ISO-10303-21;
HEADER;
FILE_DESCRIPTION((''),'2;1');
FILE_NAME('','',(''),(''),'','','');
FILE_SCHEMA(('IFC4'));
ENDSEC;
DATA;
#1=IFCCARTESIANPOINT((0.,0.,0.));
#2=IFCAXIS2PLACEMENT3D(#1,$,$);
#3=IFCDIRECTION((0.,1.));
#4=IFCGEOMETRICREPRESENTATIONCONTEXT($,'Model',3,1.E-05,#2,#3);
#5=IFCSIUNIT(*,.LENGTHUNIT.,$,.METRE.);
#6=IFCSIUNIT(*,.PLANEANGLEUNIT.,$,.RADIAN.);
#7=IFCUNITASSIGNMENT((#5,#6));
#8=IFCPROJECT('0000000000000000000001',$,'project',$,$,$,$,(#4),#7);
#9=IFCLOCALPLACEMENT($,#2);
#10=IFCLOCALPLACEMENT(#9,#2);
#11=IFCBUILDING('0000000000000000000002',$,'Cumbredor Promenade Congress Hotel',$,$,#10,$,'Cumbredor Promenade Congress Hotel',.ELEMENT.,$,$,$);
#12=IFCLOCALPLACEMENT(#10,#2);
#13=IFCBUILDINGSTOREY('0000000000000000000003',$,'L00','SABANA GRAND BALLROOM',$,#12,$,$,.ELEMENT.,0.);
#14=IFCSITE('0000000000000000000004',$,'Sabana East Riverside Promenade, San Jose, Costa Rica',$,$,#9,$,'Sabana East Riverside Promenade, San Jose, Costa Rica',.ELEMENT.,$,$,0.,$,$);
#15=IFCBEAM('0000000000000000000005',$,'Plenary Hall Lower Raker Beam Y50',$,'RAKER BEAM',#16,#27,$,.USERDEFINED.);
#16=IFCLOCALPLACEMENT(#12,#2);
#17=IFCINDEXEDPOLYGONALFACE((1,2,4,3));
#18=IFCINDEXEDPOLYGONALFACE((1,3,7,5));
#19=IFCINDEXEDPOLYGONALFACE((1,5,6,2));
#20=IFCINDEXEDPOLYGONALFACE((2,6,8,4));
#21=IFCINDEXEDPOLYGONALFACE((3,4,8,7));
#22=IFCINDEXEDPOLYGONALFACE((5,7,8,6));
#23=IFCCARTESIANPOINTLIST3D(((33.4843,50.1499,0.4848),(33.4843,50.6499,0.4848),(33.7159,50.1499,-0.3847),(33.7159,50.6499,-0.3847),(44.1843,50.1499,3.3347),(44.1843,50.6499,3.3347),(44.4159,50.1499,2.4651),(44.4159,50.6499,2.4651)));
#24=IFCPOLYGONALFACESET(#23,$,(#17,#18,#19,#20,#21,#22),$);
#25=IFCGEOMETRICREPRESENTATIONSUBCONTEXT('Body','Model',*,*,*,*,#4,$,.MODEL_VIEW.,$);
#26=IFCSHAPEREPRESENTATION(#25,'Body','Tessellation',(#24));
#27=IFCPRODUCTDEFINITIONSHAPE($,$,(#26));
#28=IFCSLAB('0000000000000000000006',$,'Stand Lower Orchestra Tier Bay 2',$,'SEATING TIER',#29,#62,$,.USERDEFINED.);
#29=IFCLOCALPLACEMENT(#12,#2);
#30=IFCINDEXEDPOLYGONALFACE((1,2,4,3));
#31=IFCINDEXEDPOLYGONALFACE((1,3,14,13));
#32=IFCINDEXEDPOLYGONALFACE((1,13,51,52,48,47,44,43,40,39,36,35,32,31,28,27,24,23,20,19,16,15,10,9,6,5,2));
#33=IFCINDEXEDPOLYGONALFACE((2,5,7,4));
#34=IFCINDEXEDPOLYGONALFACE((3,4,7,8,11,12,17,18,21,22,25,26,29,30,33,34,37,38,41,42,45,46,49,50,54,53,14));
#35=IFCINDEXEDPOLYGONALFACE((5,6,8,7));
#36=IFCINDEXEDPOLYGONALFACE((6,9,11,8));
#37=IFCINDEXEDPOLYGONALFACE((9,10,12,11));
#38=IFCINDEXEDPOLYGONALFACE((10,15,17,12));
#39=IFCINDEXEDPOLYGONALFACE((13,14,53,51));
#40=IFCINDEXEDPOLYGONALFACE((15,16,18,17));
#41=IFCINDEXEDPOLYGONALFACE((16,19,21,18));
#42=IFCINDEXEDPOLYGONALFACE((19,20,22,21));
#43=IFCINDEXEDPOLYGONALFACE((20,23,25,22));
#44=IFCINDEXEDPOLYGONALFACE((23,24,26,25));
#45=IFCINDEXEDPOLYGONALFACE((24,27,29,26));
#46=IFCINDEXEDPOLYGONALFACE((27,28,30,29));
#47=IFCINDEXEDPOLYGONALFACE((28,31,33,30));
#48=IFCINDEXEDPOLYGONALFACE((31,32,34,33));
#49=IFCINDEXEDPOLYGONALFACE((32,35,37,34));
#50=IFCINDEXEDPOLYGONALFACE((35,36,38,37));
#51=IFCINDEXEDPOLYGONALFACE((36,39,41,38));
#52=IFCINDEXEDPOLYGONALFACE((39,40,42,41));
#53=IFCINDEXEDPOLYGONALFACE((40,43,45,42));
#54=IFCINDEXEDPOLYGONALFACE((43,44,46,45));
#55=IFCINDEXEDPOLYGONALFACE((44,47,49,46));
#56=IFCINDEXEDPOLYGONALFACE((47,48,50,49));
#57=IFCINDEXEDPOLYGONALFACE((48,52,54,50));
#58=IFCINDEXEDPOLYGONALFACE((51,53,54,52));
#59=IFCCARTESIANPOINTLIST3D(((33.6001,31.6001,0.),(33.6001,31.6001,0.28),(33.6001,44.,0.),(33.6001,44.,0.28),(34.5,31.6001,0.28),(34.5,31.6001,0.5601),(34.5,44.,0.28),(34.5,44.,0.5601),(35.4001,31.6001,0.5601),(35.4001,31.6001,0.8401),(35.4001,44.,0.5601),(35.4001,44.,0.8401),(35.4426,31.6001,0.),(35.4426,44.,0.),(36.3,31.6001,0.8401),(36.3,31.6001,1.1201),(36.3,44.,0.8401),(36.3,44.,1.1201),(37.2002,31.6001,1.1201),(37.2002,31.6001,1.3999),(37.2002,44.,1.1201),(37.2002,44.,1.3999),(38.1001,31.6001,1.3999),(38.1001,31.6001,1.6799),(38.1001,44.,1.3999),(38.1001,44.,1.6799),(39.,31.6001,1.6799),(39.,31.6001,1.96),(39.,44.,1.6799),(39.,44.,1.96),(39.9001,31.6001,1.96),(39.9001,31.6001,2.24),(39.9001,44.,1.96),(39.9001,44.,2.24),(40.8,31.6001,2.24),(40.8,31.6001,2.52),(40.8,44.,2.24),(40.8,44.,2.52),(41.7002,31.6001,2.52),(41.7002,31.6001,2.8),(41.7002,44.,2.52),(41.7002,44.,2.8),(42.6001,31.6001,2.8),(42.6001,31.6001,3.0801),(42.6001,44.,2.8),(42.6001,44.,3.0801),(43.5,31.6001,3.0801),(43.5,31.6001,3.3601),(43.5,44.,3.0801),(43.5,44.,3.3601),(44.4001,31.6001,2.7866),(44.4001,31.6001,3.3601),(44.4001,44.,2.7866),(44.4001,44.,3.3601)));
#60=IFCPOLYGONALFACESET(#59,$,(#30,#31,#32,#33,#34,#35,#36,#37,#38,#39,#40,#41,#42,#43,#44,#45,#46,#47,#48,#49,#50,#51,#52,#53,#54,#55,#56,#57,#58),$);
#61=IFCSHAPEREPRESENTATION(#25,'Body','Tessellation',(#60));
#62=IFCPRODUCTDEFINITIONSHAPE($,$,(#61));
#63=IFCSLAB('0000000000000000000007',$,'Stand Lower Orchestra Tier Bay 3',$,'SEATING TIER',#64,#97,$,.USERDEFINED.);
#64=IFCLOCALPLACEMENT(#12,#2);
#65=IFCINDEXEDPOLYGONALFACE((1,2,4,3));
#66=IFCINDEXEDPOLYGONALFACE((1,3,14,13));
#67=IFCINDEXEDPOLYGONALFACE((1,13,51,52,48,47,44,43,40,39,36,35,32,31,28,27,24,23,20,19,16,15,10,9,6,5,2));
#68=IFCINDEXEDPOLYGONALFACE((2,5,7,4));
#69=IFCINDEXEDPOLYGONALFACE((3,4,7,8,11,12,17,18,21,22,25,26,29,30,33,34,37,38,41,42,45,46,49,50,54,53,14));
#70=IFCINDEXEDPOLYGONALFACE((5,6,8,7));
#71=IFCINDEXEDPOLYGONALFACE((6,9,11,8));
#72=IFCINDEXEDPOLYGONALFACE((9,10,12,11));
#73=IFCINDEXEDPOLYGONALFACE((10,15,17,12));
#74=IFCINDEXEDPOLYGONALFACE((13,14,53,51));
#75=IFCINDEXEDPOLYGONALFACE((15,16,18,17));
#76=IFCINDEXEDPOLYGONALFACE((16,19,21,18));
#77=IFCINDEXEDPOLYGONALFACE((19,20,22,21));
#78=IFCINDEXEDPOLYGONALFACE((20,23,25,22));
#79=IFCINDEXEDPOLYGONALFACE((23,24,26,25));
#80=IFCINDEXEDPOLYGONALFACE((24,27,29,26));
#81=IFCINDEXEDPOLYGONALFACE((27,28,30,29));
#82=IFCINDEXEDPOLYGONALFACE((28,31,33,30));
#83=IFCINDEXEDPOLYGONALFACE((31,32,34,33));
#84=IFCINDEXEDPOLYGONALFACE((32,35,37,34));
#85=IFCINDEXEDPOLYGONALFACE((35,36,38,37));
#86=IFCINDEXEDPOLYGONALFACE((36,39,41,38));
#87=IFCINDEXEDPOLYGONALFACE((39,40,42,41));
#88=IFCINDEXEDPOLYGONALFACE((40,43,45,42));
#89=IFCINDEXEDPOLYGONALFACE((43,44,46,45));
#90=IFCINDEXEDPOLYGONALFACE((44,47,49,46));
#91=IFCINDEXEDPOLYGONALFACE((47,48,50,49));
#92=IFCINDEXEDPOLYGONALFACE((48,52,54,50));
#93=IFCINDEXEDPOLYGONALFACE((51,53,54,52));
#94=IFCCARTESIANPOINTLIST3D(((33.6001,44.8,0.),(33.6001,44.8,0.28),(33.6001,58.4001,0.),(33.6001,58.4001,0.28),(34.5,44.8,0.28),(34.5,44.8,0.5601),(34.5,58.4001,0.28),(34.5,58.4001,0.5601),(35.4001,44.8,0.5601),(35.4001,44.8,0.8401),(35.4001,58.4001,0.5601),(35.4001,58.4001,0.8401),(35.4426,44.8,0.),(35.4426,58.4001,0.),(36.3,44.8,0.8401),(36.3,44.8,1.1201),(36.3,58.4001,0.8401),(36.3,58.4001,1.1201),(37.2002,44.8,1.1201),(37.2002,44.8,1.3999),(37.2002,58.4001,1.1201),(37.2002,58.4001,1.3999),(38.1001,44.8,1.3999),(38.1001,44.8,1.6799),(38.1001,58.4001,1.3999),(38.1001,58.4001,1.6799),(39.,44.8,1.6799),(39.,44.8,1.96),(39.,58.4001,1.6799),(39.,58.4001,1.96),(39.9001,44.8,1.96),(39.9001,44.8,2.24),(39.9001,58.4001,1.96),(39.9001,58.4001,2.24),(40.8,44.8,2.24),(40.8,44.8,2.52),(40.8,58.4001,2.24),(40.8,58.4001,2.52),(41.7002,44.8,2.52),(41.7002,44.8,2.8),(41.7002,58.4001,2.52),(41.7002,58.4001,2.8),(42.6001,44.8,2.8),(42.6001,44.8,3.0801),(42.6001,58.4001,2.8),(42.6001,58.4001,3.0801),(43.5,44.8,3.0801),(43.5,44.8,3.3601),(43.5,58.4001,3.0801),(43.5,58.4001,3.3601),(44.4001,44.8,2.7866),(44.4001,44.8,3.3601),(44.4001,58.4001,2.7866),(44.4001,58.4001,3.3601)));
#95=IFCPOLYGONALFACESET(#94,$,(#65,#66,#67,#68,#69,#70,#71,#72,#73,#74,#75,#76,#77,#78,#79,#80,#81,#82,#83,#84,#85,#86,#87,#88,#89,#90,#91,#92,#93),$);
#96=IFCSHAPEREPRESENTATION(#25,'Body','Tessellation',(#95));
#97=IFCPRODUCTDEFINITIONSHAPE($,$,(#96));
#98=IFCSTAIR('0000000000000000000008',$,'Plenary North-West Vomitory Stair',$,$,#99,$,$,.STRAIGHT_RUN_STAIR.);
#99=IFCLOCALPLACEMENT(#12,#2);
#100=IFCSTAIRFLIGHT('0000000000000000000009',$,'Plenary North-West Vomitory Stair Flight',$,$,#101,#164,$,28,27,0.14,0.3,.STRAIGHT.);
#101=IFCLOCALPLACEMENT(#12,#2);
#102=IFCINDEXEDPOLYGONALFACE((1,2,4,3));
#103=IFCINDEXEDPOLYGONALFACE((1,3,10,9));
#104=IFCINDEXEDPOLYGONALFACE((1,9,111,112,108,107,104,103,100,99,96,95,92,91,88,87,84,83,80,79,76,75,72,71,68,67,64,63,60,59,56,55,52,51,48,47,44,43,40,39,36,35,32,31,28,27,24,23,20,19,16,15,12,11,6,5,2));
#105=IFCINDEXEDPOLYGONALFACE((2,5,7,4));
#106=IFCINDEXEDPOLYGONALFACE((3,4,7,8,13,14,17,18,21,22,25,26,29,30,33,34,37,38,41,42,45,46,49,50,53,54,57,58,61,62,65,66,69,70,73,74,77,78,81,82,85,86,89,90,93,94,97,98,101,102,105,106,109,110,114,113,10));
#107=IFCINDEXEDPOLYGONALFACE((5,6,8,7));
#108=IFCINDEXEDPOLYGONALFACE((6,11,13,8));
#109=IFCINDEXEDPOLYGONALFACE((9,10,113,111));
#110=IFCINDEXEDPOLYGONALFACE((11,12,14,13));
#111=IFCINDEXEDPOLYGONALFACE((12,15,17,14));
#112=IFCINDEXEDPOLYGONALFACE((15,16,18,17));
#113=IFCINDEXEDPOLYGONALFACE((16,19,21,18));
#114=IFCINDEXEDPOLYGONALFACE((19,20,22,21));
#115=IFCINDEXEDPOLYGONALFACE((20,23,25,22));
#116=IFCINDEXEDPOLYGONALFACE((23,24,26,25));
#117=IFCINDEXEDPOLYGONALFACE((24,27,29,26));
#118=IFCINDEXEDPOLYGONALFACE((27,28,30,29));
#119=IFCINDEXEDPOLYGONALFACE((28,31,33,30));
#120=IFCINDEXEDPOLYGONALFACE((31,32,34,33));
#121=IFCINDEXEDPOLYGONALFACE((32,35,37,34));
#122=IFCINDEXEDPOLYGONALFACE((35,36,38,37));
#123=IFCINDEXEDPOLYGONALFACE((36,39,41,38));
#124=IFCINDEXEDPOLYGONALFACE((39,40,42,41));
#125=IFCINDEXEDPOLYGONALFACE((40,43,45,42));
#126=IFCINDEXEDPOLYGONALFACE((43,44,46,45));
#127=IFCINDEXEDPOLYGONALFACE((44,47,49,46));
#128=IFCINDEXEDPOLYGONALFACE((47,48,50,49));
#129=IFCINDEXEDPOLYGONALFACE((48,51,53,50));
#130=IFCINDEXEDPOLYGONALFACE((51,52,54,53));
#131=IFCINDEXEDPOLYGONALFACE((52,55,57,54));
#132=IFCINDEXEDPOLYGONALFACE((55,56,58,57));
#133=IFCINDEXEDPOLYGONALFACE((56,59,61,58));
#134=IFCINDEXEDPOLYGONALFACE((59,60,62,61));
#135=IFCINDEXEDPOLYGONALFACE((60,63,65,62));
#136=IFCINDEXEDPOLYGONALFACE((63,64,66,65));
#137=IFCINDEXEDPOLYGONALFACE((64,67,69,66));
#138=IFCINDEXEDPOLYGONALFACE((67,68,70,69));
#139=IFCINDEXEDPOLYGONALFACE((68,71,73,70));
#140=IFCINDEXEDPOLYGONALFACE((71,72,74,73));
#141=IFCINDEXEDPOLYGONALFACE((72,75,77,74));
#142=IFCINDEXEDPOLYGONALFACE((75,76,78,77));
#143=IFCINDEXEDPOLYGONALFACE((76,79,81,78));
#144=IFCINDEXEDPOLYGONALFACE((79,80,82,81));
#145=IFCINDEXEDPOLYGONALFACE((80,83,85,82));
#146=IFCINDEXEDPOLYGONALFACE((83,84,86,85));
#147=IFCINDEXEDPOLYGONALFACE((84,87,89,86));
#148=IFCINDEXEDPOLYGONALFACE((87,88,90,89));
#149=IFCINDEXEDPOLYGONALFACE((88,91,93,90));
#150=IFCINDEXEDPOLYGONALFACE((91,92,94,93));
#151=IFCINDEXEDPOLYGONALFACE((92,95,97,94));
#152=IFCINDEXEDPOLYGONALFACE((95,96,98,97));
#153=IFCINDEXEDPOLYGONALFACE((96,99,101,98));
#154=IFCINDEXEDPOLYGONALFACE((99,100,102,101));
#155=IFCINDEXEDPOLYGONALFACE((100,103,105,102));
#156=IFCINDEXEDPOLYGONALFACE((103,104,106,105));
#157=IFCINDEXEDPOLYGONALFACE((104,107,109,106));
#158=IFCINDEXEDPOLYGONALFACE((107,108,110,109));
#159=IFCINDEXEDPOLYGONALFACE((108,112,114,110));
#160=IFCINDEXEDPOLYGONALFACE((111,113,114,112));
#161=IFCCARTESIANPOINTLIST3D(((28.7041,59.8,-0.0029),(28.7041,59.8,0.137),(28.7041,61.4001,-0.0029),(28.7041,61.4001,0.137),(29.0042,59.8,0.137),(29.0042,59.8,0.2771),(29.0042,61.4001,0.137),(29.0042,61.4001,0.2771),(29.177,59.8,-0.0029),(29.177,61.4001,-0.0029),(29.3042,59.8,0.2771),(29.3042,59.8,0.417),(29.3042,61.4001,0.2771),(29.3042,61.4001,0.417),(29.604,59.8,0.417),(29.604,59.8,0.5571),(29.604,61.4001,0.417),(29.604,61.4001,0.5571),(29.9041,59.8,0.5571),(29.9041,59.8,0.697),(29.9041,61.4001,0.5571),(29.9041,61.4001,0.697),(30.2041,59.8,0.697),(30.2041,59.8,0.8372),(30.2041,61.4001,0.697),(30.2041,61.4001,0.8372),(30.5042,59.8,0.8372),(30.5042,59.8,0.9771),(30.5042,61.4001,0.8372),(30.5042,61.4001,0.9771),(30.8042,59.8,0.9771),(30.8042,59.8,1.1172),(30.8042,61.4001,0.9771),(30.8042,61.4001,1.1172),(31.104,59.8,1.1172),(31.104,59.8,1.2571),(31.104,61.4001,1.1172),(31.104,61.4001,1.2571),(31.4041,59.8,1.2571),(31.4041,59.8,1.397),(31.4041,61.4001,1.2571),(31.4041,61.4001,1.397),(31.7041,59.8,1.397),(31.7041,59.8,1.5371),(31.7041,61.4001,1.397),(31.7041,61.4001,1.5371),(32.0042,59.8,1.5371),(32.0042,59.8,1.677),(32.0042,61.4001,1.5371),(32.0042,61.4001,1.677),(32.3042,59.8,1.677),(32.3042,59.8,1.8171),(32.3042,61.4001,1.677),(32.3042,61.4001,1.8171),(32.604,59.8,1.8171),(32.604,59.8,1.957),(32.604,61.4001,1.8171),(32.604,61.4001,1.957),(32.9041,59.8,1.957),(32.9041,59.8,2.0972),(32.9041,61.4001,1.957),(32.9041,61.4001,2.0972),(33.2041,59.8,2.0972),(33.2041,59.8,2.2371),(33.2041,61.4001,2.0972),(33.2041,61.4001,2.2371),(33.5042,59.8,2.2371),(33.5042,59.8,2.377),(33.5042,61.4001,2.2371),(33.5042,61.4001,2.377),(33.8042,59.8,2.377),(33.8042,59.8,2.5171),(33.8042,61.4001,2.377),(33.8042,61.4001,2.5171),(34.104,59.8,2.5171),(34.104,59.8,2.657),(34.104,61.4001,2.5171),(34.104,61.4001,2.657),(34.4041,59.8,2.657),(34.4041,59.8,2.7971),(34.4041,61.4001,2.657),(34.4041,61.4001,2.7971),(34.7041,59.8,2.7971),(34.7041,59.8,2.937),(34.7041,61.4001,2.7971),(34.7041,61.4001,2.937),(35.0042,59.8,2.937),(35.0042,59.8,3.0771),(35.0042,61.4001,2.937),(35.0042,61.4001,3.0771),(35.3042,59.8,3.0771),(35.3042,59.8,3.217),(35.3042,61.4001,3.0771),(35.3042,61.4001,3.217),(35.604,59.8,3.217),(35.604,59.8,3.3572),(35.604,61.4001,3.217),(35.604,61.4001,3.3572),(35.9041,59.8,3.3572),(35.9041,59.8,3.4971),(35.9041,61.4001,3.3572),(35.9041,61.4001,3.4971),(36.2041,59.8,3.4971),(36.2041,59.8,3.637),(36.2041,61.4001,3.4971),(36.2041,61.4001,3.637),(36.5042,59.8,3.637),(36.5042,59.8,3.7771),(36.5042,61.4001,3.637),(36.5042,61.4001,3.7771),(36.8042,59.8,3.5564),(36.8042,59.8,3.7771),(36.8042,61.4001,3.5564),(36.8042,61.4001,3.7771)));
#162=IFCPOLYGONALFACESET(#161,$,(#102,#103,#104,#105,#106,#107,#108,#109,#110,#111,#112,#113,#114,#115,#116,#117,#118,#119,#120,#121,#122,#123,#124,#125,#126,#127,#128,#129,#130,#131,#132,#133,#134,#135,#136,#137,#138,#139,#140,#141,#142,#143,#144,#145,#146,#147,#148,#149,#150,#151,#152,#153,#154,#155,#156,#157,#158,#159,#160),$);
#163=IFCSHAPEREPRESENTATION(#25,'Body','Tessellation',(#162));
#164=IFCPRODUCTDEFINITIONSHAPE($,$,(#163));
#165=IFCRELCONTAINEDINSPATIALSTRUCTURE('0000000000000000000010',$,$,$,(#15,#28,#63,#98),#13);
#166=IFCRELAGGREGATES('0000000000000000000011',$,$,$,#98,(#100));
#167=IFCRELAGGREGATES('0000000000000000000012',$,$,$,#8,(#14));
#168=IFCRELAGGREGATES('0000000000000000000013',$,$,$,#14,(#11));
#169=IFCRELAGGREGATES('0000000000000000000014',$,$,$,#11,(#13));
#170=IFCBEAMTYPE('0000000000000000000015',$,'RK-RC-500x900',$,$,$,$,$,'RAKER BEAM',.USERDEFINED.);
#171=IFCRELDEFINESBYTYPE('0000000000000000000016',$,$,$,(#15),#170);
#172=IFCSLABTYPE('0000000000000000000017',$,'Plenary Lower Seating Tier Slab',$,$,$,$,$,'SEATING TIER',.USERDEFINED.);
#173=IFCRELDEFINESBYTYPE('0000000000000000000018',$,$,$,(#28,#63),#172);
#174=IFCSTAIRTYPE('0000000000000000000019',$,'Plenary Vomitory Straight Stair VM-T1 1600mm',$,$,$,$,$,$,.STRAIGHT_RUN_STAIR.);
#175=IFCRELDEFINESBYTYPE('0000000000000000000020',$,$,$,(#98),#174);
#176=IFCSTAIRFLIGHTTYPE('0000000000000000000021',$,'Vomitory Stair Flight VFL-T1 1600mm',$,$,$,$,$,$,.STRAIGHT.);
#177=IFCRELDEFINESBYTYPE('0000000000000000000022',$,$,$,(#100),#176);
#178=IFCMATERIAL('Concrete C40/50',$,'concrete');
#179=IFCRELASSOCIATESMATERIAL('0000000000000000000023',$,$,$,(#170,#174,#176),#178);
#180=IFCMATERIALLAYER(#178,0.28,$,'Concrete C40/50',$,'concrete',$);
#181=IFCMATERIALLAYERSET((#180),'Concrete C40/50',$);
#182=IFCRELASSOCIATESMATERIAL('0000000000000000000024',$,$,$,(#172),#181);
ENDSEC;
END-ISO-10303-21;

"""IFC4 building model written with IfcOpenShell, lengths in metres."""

from ifc_helpers import new_model, si_unit, direction, frame, origin, origin_2d, place, context, subcontext, project, spatial, polyline, rectangle, outline, extrude, material, layer, layer_set, material_profile, profile_set, type_object, element, aggregate, save


model = new_model("IFC4")

# Units and contexts
model_context = context("Model", 3, precision=1e-05, world=origin(), true_north=direction((0.0, 1.0)))
body_context = subcontext(model_context, "Body", "Model", "MODEL_VIEW")
ifc_project = project(units=[si_unit("LENGTHUNIT", "METRE"), si_unit("PLANEANGLEUNIT", "RADIAN")], contexts=[model_context])

# Site, building, storey
site_placement = place(None, origin())
site = spatial("IfcSite", under=ifc_project, at=site_placement, Name="Sabana East Riverside Promenade, San Jose, Costa Rica", LongName="Sabana East Riverside Promenade, San Jose, Costa Rica", CompositionType="ELEMENT", RefElevation=0.0)
building_placement = place(site_placement, origin())
building = spatial("IfcBuilding", under=site, at=building_placement, Name="Cumbredor Promenade Congress Hotel", LongName="Cumbredor Promenade Congress Hotel", CompositionType="ELEMENT")
storey_placement = place(building_placement, origin())
storey = spatial("IfcBuildingStorey", under=building, at=storey_placement, Name="L00", Description="SABANA GRAND BALLROOM", CompositionType="ELEMENT", Elevation=0.0)

# Beam
ifc_material_1 = material(Name="Concrete C40/50", Category="concrete")
ifc_material_profile_1 = material_profile(ifc_material_1, rectangle(XDim=0.5, YDim=0.8999, at=origin_2d()), Name="RC RAKER 500x900")
ifc_profile_set_1 = profile_set([ifc_material_profile_1], Name="Concrete C40/50")
beam_type_1 = type_object("IfcBeamType", Name="RK-RC-500x900", ElementType="RAKER BEAM", PredefinedType="USERDEFINED", material=ifc_profile_set_1)
for number, where, z_axis, x_axis, name in (
    (1, (33.6001, 50.3999, 0.05), (0.966313, 0.0, 0.25737), (0.0, 1.0, 0.0), "Plenary Hall Lower Raker Beam Y50"),
):
    element("IfcBeam", number, at=place(storey_placement, frame(where, z_axis=z_axis, x_axis=x_axis)), inside=storey, type_object=beam_type_1, Name=name, ObjectType="RAKER BEAM", PredefinedType="USERDEFINED", context=body_context, shape_type="SweptSolid", body=[
        extrude(rectangle(XDim=0.5, YDim=0.8999, at=origin_2d()), origin(), (0.0, 0.0, 1.0), 11.073),
    ])

# Slabs
ifc_layer = layer(ifc_material_1, 0.28, Name="Concrete C40/50", Category="concrete")
ifc_layer_set = layer_set([ifc_layer], Name="Concrete C40/50")
slab_type = type_object("IfcSlabType", Name="Plenary Lower Seating Tier Slab", ElementType="SEATING TIER", PredefinedType="USERDEFINED", material=ifc_layer_set)
slab_1_placement = place(storey_placement, frame((33.6001, 37.8, 0.0), z_axis=(0.0, 0.0, 1.0), x_axis=(1.0, 0.0, 0.0)))
element("IfcSlab", 2, at=slab_1_placement, inside=storey, type_object=slab_type, Name="Stand Lower Orchestra Tier Bay 2", ObjectType="SEATING TIER", PredefinedType="USERDEFINED", context=body_context, shape_type="SweptSolid", body=[
    extrude(outline(polyline([(0.0, 0.0), (0.0, 0.28), (0.8999, 0.28), (0.8999, 0.5601), (1.8, 0.5601), (1.8, 0.8401), (2.7, 0.8401), (2.7, 1.1201), (3.6001, 1.1201), (3.6001, 1.3999), (4.5, 1.3999), (4.5, 1.6799), (5.3999, 1.6799), (5.3999, 1.96), (6.3, 1.96), (6.3, 2.24), (7.2, 2.24), (7.2, 2.52), (8.1001, 2.52), (8.1001, 2.8), (9.0, 2.8), (9.0, 3.0801), (9.8999, 3.0801), (9.8999, 3.3601), (10.8, 3.3601), (10.8, 2.7866), (1.8425, 0.0), (0.0, 0.0)])), frame((0.0, 6.2, 0.0), z_axis=(0.0, -1.0, 0.0), x_axis=(1.0, 0.0, 0.0)), (0.0, 0.0, 1.0), 12.3999),
])
slab_2_placement = place(storey_placement, frame((33.6001, 51.6001, 0.0), z_axis=(0.0, 0.0, 1.0), x_axis=(1.0, 0.0, 0.0)))
element("IfcSlab", 3, at=slab_2_placement, inside=storey, type_object=slab_type, Name="Stand Lower Orchestra Tier Bay 3", ObjectType="SEATING TIER", PredefinedType="USERDEFINED", context=body_context, shape_type="SweptSolid", body=[
    extrude(outline(polyline([(0.0, 0.0), (0.0, 0.28), (0.8999, 0.28), (0.8999, 0.5601), (1.8, 0.5601), (1.8, 0.8401), (2.7, 0.8401), (2.7, 1.1201), (3.6001, 1.1201), (3.6001, 1.3999), (4.5, 1.3999), (4.5, 1.6799), (5.3999, 1.6799), (5.3999, 1.96), (6.3, 1.96), (6.3, 2.24), (7.2, 2.24), (7.2, 2.52), (8.1001, 2.52), (8.1001, 2.8), (9.0, 2.8), (9.0, 3.0801), (9.8999, 3.0801), (9.8999, 3.3601), (10.8, 3.3601), (10.8, 2.7866), (1.8425, 0.0), (0.0, 0.0)])), frame((0.0, 6.8, 0.0), z_axis=(0.0, -1.0, 0.0), x_axis=(1.0, 0.0, 0.0)), (0.0, 0.0, 1.0), 13.6001),
])

# Stair, stair flight
stair_type = type_object("IfcStairType", Name="Plenary Vomitory Straight Stair VM-T1 1600mm", PredefinedType="STRAIGHT_RUN_STAIR", material=ifc_material_1)
stair_1_placement = place(storey_placement, origin())
stair_1 = element("IfcStair", 4, at=stair_1_placement, inside=storey, type_object=stair_type, Name="Plenary North-West Vomitory Stair", PredefinedType="STRAIGHT_RUN_STAIR")
stair_flight_type = type_object("IfcStairFlightType", Name="Vomitory Stair Flight VFL-T1 1600mm", PredefinedType="STRAIGHT", material=ifc_material_1)
stair_flight_1_placement = place(storey_placement, frame((28.7041, 60.6001, -0.0029), z_axis=(0.0, 0.0, 1.0), x_axis=(1.0, 0.0, 0.0)))
stair_flight_1 = element("IfcStairFlight", 5, at=stair_flight_1_placement, type_object=stair_flight_type, Name="Plenary North-West Vomitory Stair Flight", NumberOfRisers=28, NumberOfTreads=27, PredefinedType="STRAIGHT", RiserHeight=0.14, TreadLength=0.3, context=body_context, shape_type="SweptSolid", body=[
    extrude(outline(polyline([(0.0, 0.0), (0.0, 0.1399), (0.3, 0.1399), (0.3, 0.28), (0.6001, 0.28), (0.6001, 0.4199), (0.8999, 0.4199), (0.8999, 0.5601), (1.2, 0.5601), (1.2, 0.7), (1.5, 0.7), (1.5, 0.8401), (1.8, 0.8401), (1.8, 0.98), (2.1001, 0.98), (2.1001, 1.1201), (2.3999, 1.1201), (2.3999, 1.26), (2.7, 1.26), (2.7, 1.3999), (3.0, 1.3999), (3.0, 1.54), (3.3, 1.54), (3.3, 1.6799), (3.6001, 1.6799), (3.6001, 1.8201), (3.8999, 1.8201), (3.8999, 1.96), (4.2, 1.96), (4.2, 2.1001), (4.5, 2.1001), (4.5, 2.24), (4.8, 2.24), (4.8, 2.3799), (5.1001, 2.3799), (5.1001, 2.52), (5.3999, 2.52), (5.3999, 2.6599), (5.7, 2.6599), (5.7, 2.8), (6.0, 2.8), (6.0, 2.9399), (6.3, 2.9399), (6.3, 3.0801), (6.6001, 3.0801), (6.6001, 3.22), (6.8999, 3.22), (6.8999, 3.3601), (7.2, 3.3601), (7.2, 3.5), (7.5, 3.5), (7.5, 3.6399), (7.8, 3.6399), (7.8, 3.78), (8.1001, 3.78), (8.1001, 3.9199), (8.1001, 3.5593), (0.4729, 0.0), (0.0, 0.0)])), frame((0.0, 0.8, 0.0), z_axis=(0.0, -1.0, 0.0), x_axis=(1.0, 0.0, 0.0)), (0.0, 0.0, 1.0), 1.6001),
])
aggregate(stair_1, [stair_flight_1])

save(model, "model.ifc")
